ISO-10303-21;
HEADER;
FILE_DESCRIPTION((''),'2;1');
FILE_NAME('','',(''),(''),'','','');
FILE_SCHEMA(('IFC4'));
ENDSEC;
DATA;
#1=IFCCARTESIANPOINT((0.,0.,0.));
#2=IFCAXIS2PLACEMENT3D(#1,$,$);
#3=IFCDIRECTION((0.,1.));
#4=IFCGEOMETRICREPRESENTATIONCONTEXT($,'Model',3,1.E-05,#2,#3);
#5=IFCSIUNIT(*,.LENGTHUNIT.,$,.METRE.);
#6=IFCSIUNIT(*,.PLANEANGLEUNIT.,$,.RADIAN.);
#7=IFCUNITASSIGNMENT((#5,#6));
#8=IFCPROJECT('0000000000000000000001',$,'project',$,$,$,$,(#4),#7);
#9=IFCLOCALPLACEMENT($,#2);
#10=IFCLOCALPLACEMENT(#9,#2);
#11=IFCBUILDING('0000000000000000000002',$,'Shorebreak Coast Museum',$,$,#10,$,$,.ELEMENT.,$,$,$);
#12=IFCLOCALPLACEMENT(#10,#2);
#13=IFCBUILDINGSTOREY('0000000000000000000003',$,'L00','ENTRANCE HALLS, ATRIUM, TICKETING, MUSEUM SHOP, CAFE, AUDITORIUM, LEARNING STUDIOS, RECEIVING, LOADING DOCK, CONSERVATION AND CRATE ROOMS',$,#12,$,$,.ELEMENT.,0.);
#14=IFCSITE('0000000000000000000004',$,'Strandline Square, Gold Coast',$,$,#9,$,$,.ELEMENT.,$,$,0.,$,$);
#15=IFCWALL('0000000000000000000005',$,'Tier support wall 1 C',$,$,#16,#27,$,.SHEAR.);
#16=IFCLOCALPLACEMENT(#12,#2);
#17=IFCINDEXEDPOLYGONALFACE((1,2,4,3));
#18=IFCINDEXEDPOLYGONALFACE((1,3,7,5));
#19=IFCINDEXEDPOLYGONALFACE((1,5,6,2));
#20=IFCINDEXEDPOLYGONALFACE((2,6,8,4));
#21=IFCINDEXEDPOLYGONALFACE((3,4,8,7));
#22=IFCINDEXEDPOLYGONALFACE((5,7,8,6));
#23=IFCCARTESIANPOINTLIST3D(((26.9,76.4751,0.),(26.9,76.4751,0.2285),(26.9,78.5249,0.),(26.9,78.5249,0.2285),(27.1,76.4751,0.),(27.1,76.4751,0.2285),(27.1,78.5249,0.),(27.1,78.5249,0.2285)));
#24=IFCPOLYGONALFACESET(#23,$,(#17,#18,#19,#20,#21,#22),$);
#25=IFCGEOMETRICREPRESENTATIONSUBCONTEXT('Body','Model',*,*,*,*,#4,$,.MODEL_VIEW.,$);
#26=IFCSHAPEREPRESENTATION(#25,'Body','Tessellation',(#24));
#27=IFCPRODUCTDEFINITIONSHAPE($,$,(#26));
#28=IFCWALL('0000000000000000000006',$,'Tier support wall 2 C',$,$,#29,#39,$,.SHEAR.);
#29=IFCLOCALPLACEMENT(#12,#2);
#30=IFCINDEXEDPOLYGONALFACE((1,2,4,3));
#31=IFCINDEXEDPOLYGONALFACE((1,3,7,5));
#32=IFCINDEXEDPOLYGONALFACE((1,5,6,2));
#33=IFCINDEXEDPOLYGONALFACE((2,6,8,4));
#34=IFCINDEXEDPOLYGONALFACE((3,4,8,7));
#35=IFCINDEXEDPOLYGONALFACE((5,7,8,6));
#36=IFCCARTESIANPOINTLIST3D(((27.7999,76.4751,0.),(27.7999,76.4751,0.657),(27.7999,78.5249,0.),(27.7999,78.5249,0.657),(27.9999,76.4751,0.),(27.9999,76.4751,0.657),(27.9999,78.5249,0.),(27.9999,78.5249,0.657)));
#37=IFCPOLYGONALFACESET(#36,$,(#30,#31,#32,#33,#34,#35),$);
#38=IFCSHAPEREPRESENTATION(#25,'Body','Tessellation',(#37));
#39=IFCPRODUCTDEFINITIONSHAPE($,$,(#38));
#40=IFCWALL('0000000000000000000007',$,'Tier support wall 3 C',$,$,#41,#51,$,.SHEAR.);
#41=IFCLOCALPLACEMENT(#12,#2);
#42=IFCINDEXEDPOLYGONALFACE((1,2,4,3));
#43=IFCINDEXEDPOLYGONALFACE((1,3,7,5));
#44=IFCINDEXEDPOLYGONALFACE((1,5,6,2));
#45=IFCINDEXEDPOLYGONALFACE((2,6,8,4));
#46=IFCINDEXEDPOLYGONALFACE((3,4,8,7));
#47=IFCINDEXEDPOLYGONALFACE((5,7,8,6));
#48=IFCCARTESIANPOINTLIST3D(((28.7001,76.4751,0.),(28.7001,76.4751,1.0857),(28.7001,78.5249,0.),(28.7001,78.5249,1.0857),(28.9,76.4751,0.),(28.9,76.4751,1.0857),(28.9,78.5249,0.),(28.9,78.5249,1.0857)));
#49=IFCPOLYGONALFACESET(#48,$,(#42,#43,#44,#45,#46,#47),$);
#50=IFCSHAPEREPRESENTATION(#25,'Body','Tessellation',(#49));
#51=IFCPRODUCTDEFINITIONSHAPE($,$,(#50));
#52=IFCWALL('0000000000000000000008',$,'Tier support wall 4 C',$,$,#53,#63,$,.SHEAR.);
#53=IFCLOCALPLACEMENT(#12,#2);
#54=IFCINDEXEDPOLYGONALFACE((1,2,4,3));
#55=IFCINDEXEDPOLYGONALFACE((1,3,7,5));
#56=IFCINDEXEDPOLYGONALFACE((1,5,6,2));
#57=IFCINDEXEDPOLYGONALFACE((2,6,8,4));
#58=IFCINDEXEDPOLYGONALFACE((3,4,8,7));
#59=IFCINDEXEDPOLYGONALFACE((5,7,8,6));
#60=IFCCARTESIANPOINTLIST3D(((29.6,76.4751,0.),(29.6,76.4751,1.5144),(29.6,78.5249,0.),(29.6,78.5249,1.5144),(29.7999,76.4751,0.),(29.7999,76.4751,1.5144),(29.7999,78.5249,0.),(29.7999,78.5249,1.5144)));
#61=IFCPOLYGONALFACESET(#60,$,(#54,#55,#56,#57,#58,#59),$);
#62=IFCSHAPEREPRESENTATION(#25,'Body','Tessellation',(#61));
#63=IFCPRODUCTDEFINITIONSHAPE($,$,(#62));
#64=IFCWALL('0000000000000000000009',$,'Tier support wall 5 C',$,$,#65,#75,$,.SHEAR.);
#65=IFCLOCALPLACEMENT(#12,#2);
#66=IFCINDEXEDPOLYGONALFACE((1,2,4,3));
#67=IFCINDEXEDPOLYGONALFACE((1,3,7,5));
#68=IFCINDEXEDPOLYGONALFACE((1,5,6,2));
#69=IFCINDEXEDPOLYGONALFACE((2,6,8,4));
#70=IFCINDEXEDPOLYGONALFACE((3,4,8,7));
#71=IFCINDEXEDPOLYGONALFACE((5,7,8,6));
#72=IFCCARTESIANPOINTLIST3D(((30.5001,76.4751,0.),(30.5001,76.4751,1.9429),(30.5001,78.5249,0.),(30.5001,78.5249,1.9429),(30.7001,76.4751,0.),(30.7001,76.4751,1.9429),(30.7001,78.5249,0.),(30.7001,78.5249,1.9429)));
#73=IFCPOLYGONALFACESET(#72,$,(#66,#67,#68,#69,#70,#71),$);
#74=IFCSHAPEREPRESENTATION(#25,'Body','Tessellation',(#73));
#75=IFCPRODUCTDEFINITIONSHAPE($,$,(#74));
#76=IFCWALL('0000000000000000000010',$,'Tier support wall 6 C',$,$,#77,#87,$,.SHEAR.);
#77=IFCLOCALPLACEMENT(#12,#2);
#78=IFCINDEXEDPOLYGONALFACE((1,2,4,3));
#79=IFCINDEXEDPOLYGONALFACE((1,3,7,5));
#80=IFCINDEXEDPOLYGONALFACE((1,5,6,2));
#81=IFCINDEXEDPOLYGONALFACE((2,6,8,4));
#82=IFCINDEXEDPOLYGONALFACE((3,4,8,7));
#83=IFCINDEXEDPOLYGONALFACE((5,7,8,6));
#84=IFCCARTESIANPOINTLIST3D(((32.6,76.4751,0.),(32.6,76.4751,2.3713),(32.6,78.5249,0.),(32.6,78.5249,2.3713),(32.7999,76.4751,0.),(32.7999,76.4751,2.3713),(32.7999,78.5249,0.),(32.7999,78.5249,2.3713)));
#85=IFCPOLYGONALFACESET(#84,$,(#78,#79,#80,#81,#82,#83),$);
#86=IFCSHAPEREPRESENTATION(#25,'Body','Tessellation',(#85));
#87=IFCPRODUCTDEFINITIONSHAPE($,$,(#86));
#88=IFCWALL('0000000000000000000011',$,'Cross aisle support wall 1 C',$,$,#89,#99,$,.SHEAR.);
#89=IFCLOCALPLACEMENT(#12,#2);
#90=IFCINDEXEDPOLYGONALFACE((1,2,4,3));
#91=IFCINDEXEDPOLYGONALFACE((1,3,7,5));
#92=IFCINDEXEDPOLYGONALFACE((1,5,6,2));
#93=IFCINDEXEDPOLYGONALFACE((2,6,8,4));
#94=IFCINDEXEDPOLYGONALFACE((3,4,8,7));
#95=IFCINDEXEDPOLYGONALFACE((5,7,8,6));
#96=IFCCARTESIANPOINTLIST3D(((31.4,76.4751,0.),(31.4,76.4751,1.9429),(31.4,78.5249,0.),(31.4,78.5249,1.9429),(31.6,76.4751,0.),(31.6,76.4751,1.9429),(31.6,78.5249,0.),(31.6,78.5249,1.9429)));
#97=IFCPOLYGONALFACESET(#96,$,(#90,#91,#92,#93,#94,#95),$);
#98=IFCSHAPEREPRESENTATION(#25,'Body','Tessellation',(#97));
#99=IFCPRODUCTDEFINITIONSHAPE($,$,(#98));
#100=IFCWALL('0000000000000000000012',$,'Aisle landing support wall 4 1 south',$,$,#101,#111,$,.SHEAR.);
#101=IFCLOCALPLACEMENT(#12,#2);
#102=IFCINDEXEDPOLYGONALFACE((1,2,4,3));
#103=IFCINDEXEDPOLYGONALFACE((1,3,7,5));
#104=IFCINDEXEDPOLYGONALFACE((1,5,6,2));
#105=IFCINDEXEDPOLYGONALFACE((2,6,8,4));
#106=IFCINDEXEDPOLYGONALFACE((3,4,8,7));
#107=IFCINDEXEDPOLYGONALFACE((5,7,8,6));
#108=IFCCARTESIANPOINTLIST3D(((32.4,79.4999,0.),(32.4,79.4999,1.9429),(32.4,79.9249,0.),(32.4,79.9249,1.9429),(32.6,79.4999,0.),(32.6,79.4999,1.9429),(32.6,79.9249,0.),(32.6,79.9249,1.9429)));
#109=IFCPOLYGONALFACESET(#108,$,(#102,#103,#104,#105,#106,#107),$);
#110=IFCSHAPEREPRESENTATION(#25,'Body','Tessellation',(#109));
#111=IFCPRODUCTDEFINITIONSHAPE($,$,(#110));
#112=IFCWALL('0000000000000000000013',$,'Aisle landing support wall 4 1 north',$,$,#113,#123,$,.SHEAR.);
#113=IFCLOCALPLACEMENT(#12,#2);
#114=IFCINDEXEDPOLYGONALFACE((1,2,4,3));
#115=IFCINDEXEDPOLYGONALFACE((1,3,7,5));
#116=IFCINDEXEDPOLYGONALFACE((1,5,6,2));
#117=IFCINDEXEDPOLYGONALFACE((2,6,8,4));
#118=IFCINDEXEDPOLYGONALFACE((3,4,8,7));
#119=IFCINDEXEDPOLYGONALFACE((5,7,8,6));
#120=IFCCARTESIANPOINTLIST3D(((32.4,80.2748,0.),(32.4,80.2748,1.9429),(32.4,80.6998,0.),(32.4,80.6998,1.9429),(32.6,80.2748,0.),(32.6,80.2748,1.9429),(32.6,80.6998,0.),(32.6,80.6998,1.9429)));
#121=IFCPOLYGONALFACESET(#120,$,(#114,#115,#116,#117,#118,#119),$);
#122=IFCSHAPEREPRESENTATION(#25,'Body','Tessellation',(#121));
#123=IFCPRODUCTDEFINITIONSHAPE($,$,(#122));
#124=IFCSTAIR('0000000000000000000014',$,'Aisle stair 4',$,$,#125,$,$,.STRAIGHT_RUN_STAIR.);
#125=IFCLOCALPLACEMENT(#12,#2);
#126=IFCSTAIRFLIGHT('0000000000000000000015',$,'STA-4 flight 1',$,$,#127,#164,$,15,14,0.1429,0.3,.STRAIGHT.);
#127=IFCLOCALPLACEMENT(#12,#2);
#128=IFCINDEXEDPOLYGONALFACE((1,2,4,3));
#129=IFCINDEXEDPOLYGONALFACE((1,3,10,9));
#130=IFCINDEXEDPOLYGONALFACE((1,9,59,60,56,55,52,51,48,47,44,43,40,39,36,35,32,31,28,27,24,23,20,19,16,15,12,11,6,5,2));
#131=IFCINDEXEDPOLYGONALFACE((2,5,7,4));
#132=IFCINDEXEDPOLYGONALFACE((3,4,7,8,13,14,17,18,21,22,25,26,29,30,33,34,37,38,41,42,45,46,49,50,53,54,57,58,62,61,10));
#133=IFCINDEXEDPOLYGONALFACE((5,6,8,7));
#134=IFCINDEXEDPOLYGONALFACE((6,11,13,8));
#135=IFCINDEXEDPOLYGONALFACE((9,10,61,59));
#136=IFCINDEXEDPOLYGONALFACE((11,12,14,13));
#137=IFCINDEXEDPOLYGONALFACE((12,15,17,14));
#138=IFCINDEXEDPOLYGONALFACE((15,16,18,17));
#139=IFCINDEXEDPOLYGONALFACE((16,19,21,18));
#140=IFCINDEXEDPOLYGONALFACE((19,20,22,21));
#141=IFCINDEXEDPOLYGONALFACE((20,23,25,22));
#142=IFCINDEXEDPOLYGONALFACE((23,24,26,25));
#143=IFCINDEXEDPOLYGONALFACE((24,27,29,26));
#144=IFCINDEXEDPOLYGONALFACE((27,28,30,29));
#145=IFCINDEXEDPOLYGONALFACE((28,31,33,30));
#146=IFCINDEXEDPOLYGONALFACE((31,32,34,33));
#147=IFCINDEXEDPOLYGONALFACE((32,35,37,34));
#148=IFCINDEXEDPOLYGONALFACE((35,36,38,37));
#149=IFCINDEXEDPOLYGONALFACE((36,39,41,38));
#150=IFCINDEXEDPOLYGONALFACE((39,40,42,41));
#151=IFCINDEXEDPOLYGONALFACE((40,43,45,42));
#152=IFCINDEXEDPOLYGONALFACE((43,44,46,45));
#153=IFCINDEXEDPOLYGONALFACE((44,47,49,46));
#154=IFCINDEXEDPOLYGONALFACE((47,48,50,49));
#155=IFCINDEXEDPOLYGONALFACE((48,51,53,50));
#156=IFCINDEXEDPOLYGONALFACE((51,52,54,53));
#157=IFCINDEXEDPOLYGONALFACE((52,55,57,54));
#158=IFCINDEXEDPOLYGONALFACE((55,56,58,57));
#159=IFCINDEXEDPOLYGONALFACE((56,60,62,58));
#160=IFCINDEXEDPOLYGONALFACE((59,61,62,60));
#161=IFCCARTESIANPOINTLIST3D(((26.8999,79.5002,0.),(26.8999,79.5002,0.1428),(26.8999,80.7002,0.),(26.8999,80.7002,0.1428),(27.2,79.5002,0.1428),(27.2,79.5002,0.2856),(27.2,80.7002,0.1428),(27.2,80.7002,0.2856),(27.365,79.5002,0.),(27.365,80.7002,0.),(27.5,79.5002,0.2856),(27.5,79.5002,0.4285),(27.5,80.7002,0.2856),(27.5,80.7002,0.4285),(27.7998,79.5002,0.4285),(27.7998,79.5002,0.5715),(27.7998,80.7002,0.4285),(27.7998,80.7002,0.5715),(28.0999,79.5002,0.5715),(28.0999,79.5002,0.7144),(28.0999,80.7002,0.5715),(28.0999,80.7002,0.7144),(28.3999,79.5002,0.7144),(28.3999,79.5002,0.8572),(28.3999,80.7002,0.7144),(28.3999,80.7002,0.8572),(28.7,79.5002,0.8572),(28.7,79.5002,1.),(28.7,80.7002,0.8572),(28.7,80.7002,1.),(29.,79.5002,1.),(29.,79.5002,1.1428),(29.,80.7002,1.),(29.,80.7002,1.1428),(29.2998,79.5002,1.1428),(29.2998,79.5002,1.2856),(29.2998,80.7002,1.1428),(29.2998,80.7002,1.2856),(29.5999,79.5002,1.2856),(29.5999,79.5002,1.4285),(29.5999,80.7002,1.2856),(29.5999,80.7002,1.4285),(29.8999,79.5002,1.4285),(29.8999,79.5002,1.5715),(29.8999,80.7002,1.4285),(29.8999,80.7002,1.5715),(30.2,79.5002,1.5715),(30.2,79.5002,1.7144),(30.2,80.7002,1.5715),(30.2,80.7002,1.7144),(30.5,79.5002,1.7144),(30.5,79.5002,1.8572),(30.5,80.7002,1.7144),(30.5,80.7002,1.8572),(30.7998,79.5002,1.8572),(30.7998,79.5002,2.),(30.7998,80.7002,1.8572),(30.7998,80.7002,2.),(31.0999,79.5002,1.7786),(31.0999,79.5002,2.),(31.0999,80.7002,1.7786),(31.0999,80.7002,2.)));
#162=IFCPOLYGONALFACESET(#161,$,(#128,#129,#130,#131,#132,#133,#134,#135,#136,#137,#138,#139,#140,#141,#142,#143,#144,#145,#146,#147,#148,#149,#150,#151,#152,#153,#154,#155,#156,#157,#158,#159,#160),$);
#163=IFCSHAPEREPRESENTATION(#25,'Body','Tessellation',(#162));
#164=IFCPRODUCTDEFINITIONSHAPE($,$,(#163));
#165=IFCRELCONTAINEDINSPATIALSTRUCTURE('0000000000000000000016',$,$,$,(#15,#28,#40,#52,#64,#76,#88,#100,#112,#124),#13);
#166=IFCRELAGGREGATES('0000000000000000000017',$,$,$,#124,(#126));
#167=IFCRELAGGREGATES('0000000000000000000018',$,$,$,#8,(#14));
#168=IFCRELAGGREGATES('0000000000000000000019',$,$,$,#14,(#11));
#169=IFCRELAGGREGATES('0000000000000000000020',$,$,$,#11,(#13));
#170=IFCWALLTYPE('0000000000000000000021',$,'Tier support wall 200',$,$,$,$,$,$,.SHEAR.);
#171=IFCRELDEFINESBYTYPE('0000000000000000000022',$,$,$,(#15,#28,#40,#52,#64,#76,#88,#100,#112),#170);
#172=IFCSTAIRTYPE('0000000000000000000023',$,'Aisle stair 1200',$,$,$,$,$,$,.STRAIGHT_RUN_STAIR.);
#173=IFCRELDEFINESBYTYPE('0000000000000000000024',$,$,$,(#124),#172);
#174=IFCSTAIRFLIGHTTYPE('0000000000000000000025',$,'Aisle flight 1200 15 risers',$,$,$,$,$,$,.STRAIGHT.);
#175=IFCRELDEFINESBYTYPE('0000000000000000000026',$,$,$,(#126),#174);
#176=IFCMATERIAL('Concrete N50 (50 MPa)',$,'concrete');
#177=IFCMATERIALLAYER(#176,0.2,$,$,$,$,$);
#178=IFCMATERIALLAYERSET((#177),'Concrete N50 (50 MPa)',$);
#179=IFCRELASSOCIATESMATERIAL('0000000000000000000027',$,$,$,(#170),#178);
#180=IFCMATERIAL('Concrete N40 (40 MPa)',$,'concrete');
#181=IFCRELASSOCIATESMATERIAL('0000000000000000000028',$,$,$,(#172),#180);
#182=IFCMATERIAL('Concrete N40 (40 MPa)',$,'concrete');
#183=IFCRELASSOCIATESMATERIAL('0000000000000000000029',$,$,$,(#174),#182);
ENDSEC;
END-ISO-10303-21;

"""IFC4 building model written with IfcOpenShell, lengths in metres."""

from ifc_helpers import new_model, si_unit, direction, frame, frame_2d, origin, place, context, subcontext, project, spatial, polyline, rectangle, outline, extrude, material, layer, layer_set, type_object, element, aggregate, save


model = new_model("IFC4")

# Units and contexts
model_context = context("Model", 3, precision=1e-05, world=origin(), true_north=direction((0.0, 1.0)))
body_context = subcontext(model_context, "Body", "Model", "MODEL_VIEW")
ifc_project = project(units=[si_unit("LENGTHUNIT", "METRE"), si_unit("PLANEANGLEUNIT", "RADIAN")], contexts=[model_context])

# Site, building, storey
site_placement = place(None, origin())
site = spatial("IfcSite", under=ifc_project, at=site_placement, Name="Strandline Square, Gold Coast", CompositionType="ELEMENT", RefElevation=0.0)
building_placement = place(site_placement, origin())
building = spatial("IfcBuilding", under=site, at=building_placement, Name="Shorebreak Coast Museum", CompositionType="ELEMENT")
storey_placement = place(building_placement, origin())
storey = spatial("IfcBuildingStorey", under=building, at=storey_placement, Name="L00", Description="ENTRANCE HALLS, ATRIUM, TICKETING, MUSEUM SHOP, CAFE, AUDITORIUM, LEARNING STUDIOS, RECEIVING, LOADING DOCK, CONSERVATION AND CRATE ROOMS", CompositionType="ELEMENT", Elevation=0.0)

# Walls
ifc_material_1 = material(Name="Concrete N50 (50 MPa)", Category="concrete")
ifc_layer_1 = layer(ifc_material_1, 0.2)
ifc_layer_set_1 = layer_set([ifc_layer_1], Name="Concrete N50 (50 MPa)")
wall_type_1 = type_object("IfcWallType", Name="Tier support wall 200", PredefinedType="SHEAR", material=ifc_layer_set_1)
wall_1_placement = place(storey_placement, frame((27.0, 76.4751, 0.0), z_axis=(0.0, 0.0, 1.0), x_axis=(0.0, 1.0, 0.0)))
element("IfcWall", 1, at=wall_1_placement, inside=storey, type_object=wall_type_1, Name="Tier support wall 1 C", PredefinedType="SHEAR", context=body_context, shape_type="SweptSolid", body=[
    extrude(rectangle(XDim=2.0498, YDim=0.2, at=frame_2d((1.0249, 0.0))), origin(), (0.0, 0.0, 1.0), 0.2285),
])
wall_2_placement = place(storey_placement, frame((27.8999, 76.4751, 0.0), z_axis=(0.0, 0.0, 1.0), x_axis=(0.0, 1.0, 0.0)))
element("IfcWall", 2, at=wall_2_placement, inside=storey, type_object=wall_type_1, Name="Tier support wall 2 C", PredefinedType="SHEAR", context=body_context, shape_type="SweptSolid", body=[
    extrude(rectangle(XDim=2.0498, YDim=0.2, at=frame_2d((1.0249, 0.0))), origin(), (0.0, 0.0, 1.0), 0.657),
])
wall_3_placement = place(storey_placement, frame((28.8, 76.4751, 0.0), z_axis=(0.0, 0.0, 1.0), x_axis=(0.0, 1.0, 0.0)))
element("IfcWall", 3, at=wall_3_placement, inside=storey, type_object=wall_type_1, Name="Tier support wall 3 C", PredefinedType="SHEAR", context=body_context, shape_type="SweptSolid", body=[
    extrude(rectangle(XDim=2.0498, YDim=0.2, at=frame_2d((1.0249, 0.0))), origin(), (0.0, 0.0, 1.0), 1.0857),
])
wall_4_placement = place(storey_placement, frame((29.7, 76.4751, 0.0), z_axis=(0.0, 0.0, 1.0), x_axis=(0.0, 1.0, 0.0)))
element("IfcWall", 4, at=wall_4_placement, inside=storey, type_object=wall_type_1, Name="Tier support wall 4 C", PredefinedType="SHEAR", context=body_context, shape_type="SweptSolid", body=[
    extrude(rectangle(XDim=2.0498, YDim=0.2, at=frame_2d((1.0249, 0.0))), origin(), (0.0, 0.0, 1.0), 1.5144),
])
wall_5_placement = place(storey_placement, frame((30.6001, 76.4751, 0.0), z_axis=(0.0, 0.0, 1.0), x_axis=(0.0, 1.0, 0.0)))
element("IfcWall", 5, at=wall_5_placement, inside=storey, type_object=wall_type_1, Name="Tier support wall 5 C", PredefinedType="SHEAR", context=body_context, shape_type="SweptSolid", body=[
    extrude(rectangle(XDim=2.0498, YDim=0.2, at=frame_2d((1.0249, 0.0))), origin(), (0.0, 0.0, 1.0), 1.9429),
])
wall_6_placement = place(storey_placement, frame((32.7, 76.4751, 0.0), z_axis=(0.0, 0.0, 1.0), x_axis=(0.0, 1.0, 0.0)))
element("IfcWall", 6, at=wall_6_placement, inside=storey, type_object=wall_type_1, Name="Tier support wall 6 C", PredefinedType="SHEAR", context=body_context, shape_type="SweptSolid", body=[
    extrude(rectangle(XDim=2.0498, YDim=0.2, at=frame_2d((1.0249, 0.0))), origin(), (0.0, 0.0, 1.0), 2.3713),
])
wall_7_placement = place(storey_placement, frame((31.5, 76.4751, 0.0), z_axis=(0.0, 0.0, 1.0), x_axis=(0.0, 1.0, 0.0)))
element("IfcWall", 7, at=wall_7_placement, inside=storey, type_object=wall_type_1, Name="Cross aisle support wall 1 C", PredefinedType="SHEAR", context=body_context, shape_type="SweptSolid", body=[
    extrude(rectangle(XDim=2.0498, YDim=0.2, at=frame_2d((1.0249, 0.0))), origin(), (0.0, 0.0, 1.0), 1.9429),
])
for number, where, z_axis, x_axis, name in (
    (8, (32.5, 79.5, 0.0), (0.0, 0.0, 1.0), (0.0, 1.0, 0.0), "Aisle landing support wall 4 1 south"),
    (9, (32.5, 80.2749, 0.0), (0.0, 0.0, 1.0), (0.0, 1.0, 0.0), "Aisle landing support wall 4 1 north"),
):
    element("IfcWall", number, at=place(storey_placement, frame(where, z_axis=z_axis, x_axis=x_axis)), inside=storey, type_object=wall_type_1, Name=name, PredefinedType="SHEAR", context=body_context, shape_type="SweptSolid", body=[
        extrude(rectangle(XDim=0.425, YDim=0.2, at=frame_2d((0.2124, 0.0))), origin(), (0.0, 0.0, 1.0), 1.9429),
    ])

# Stair, stair flight
ifc_material_2 = material(Name="Concrete N40 (40 MPa)", Category="concrete")
stair_type_1 = type_object("IfcStairType", Name="Aisle stair 1200", PredefinedType="STRAIGHT_RUN_STAIR", material=ifc_material_2)
stair_1_placement = place(storey_placement, origin())
stair_1 = element("IfcStair", 10, at=stair_1_placement, inside=storey, type_object=stair_type_1, Name="Aisle stair 4", PredefinedType="STRAIGHT_RUN_STAIR")
ifc_material_3 = material(Name="Concrete N40 (40 MPa)", Category="concrete")
stair_flight_type_1 = type_object("IfcStairFlightType", Name="Aisle flight 1200 15 risers", PredefinedType="STRAIGHT", material=ifc_material_3)
stair_flight_1_placement = place(storey_placement, frame((26.8999, 80.1001, 0.0), z_axis=(0.0, 0.0, 1.0), x_axis=(1.0, 0.0, 0.0)))
stair_flight_1 = element("IfcStairFlight", 11, at=stair_flight_1_placement, type_object=stair_flight_type_1, Name="STA-4 flight 1", NumberOfRisers=15, NumberOfTreads=14, PredefinedType="STRAIGHT", RiserHeight=0.1429, TreadLength=0.3, context=body_context, shape_type="SweptSolid", body=[
    extrude(outline(polyline([(0.0, 0.0), (0.0, 0.1428), (0.3, 0.1428), (0.3, 0.2856), (0.6001, 0.2856), (0.6001, 0.4285), (0.8999, 0.4285), (0.8999, 0.5715), (1.2, 0.5715), (1.2, 0.7144), (1.5, 0.7144), (1.5, 0.8572), (1.8, 0.8572), (1.8, 1.0), (2.1001, 1.0), (2.1001, 1.1428), (2.3999, 1.1428), (2.3999, 1.2856), (2.7, 1.2856), (2.7, 1.4285), (3.0, 1.4285), (3.0, 1.5715), (3.3, 1.5715), (3.3, 1.7144), (3.6001, 1.7144), (3.6001, 1.8572), (3.8999, 1.8572), (3.8999, 2.0), (4.2, 2.0), (4.2, 2.1428), (4.2, 1.7786), (0.4651, 0.0), (0.0, 0.0)])), frame((0.0, 0.6001, 0.0), z_axis=(0.0, -1.0, 0.0), x_axis=(1.0, 0.0, 0.0)), (0.0, 0.0, 1.0), 1.2),
])
aggregate(stair_1, [stair_flight_1])

save(model, "model.ifc")
